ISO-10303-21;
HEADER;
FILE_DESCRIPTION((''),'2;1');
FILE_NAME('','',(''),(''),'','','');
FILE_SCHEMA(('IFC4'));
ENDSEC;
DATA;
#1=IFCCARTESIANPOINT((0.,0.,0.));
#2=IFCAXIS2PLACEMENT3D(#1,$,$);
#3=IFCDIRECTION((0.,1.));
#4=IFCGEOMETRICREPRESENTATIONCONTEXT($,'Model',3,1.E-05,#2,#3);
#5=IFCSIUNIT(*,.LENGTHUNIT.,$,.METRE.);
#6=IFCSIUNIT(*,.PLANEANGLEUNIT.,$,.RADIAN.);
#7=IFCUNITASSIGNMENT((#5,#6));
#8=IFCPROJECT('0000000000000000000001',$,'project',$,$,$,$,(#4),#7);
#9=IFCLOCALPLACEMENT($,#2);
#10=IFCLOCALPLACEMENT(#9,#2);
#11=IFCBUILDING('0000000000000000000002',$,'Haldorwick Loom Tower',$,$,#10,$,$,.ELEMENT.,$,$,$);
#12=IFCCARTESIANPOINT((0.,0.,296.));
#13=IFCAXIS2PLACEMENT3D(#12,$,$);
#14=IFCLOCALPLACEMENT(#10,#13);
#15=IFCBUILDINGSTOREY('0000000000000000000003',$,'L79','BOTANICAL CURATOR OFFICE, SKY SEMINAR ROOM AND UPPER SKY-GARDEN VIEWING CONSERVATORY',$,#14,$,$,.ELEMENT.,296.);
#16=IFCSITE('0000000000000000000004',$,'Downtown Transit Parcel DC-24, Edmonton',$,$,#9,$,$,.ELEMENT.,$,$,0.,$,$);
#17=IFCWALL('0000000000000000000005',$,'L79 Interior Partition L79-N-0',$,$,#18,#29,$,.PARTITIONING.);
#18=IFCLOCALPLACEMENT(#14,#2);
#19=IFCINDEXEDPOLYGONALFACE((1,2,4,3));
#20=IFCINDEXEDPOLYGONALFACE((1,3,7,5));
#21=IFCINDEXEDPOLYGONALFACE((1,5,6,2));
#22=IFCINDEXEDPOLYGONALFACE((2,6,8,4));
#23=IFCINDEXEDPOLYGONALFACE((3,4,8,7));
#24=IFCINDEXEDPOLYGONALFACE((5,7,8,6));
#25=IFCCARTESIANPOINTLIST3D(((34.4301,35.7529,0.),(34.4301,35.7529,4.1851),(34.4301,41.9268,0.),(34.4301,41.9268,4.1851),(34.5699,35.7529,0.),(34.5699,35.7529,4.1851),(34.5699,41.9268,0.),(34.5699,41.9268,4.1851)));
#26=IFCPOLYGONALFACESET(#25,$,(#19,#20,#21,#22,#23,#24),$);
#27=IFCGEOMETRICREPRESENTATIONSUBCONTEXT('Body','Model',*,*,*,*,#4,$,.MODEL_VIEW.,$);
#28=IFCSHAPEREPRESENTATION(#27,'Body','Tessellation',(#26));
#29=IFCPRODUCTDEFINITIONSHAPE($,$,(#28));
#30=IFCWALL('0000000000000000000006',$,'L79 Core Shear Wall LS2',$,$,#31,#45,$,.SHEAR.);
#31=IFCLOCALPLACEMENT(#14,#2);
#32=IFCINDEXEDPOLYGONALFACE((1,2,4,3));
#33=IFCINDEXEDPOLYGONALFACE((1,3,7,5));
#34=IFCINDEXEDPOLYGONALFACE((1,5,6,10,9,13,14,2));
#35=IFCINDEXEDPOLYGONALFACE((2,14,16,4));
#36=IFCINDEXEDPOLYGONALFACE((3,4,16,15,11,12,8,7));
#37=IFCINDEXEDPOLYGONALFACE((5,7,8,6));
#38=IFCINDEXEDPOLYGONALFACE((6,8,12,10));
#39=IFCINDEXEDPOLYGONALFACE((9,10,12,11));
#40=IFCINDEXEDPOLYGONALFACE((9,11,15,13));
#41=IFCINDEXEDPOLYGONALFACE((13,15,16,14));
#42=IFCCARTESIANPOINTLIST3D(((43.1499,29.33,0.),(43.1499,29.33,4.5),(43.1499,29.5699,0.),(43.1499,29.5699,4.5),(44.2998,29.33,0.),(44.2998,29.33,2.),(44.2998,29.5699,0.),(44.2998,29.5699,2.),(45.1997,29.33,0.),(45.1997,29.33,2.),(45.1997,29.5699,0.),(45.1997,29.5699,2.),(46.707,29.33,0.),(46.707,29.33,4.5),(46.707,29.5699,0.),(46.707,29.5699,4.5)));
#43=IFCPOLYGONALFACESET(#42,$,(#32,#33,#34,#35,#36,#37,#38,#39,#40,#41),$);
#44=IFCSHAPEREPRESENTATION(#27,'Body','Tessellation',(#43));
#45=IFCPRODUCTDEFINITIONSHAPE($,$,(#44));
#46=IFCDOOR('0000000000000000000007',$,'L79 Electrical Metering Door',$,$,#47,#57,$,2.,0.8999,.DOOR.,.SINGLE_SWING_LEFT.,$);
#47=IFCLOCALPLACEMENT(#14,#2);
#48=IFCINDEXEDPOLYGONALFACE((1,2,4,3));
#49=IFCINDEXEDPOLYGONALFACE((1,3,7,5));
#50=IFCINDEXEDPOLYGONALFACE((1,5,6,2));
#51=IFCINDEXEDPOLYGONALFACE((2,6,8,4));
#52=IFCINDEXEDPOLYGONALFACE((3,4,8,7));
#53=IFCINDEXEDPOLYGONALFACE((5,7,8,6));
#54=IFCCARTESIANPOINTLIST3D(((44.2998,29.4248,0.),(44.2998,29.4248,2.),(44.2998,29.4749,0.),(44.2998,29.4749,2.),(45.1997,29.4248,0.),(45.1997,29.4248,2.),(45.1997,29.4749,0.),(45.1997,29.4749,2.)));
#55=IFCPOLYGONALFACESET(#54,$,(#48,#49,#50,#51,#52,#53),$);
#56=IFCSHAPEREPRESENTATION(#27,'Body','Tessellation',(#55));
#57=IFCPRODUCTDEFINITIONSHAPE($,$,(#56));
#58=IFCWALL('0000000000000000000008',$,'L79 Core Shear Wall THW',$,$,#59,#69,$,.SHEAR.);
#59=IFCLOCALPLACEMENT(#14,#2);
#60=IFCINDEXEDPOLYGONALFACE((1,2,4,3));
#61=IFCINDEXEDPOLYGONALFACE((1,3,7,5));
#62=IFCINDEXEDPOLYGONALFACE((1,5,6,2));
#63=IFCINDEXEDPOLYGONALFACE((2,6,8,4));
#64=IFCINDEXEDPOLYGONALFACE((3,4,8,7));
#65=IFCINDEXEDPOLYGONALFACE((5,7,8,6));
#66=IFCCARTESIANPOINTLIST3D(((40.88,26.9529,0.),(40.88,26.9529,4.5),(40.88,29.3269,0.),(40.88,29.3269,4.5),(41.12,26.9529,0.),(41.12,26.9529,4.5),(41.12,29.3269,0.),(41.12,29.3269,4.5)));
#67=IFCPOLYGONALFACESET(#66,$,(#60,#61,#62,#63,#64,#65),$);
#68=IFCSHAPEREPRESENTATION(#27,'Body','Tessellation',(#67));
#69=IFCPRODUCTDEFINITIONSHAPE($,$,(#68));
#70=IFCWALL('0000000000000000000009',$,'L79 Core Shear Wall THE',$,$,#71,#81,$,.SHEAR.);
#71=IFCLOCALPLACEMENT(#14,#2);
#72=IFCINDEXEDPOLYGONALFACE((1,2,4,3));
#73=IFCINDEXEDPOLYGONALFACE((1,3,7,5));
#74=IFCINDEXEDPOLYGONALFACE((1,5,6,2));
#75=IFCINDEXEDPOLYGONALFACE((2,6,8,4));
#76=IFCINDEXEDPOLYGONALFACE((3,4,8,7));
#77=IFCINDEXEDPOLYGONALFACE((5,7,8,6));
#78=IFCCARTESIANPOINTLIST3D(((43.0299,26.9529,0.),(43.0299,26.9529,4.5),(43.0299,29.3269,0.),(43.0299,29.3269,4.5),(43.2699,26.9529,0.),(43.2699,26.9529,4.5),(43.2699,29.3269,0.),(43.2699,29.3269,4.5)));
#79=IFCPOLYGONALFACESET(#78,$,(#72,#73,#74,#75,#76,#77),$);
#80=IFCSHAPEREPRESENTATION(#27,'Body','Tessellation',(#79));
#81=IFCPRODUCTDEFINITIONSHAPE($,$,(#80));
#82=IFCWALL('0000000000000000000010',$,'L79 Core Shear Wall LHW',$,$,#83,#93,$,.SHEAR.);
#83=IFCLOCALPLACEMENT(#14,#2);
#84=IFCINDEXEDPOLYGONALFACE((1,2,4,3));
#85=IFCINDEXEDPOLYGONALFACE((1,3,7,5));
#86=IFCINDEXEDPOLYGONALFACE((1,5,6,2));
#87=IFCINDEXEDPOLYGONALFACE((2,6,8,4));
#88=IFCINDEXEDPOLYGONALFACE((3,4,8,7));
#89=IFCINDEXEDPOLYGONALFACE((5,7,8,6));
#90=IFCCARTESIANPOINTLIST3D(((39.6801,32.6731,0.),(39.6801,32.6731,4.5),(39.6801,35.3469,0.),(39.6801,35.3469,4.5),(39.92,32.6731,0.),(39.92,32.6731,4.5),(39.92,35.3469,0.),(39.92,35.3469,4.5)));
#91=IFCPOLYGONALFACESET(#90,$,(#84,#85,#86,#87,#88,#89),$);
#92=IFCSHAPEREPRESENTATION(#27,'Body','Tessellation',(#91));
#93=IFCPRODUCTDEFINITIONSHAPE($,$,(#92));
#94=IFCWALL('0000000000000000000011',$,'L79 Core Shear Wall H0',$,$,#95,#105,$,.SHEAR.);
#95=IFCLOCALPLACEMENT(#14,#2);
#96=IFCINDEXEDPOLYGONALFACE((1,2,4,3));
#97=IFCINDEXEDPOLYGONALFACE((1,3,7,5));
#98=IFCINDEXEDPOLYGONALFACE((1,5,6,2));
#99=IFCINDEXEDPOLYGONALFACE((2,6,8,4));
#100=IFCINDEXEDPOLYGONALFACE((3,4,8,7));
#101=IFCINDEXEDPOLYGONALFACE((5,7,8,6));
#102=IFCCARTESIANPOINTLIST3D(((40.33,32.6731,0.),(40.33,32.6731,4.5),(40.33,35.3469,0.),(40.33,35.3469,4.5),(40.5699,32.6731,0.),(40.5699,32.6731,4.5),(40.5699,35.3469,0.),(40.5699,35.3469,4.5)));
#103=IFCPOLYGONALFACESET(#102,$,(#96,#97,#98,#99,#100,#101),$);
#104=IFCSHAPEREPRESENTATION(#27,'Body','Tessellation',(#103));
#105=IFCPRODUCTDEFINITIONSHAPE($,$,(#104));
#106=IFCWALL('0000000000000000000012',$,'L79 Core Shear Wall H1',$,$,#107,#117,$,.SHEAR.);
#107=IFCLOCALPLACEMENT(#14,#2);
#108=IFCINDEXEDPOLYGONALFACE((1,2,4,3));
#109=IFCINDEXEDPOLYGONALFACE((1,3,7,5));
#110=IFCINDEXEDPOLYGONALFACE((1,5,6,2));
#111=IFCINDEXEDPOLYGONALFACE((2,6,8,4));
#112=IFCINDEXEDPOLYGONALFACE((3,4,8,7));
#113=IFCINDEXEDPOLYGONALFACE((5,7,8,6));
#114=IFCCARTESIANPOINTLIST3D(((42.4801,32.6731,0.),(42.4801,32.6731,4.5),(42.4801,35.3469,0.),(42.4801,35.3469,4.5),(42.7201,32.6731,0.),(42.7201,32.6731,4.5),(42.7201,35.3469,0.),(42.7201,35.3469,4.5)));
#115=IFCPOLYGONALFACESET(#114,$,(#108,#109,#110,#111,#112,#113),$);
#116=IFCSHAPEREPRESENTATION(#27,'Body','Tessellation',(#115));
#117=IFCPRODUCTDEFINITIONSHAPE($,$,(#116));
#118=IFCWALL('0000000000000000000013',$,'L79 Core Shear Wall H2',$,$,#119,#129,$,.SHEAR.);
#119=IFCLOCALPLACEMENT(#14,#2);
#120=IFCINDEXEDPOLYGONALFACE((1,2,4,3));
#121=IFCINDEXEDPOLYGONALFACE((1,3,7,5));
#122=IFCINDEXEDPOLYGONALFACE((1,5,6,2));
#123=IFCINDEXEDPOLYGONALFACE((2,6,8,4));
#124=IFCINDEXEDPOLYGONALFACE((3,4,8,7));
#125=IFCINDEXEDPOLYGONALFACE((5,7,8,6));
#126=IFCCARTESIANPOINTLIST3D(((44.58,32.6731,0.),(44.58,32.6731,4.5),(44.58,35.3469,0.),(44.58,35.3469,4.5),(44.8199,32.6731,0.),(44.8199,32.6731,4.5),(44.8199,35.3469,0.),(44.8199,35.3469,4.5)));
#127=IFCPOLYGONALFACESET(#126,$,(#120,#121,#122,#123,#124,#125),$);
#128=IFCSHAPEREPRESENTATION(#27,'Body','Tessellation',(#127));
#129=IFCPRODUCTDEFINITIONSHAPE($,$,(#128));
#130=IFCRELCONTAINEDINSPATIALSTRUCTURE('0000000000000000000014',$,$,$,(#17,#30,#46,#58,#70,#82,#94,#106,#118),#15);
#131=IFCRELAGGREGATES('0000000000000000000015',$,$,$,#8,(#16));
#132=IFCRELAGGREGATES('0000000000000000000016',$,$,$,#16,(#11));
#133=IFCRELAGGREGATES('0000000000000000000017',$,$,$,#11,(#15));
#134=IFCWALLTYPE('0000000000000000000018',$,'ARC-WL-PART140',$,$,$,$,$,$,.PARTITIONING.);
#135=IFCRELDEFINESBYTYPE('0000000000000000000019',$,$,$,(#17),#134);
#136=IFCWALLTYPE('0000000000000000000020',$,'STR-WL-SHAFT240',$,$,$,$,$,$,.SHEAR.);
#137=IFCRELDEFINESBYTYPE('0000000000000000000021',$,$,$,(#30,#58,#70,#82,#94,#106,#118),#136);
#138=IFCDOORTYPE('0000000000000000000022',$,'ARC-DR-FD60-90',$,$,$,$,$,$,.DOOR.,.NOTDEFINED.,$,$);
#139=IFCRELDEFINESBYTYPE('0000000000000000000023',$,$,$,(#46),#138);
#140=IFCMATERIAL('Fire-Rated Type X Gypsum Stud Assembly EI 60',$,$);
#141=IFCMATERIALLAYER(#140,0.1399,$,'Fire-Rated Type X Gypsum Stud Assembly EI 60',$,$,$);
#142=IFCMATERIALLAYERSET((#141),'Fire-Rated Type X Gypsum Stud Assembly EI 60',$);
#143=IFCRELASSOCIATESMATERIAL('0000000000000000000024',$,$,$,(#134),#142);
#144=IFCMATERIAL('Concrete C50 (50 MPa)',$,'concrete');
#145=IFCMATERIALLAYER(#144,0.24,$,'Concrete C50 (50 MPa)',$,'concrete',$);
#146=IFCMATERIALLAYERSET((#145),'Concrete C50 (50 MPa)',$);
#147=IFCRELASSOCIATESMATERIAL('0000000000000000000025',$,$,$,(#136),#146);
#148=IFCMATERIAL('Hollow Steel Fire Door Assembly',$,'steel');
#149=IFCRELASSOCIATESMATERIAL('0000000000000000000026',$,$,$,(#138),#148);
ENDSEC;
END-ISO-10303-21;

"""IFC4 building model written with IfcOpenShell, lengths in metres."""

from ifc_helpers import new_model, si_unit, direction, frame, frame_2d, origin, place, context, subcontext, project, spatial, rectangle, extrude, material, layer, layer_set, type_object, element, fill, save


model = new_model("IFC4")

# Units and contexts
model_context = context("Model", 3, precision=1e-05, world=origin(), true_north=direction((0.0, 1.0)))
body_context = subcontext(model_context, "Body", "Model", "MODEL_VIEW")
ifc_project = project(units=[si_unit("LENGTHUNIT", "METRE"), si_unit("PLANEANGLEUNIT", "RADIAN")], contexts=[model_context])

# Site, building, storey
site_placement = place(None, origin())
site = spatial("IfcSite", under=ifc_project, at=site_placement, Name="Downtown Transit Parcel DC-24, Edmonton", CompositionType="ELEMENT", RefElevation=0.0)
building_placement = place(site_placement, origin())
building = spatial("IfcBuilding", under=site, at=building_placement, Name="Haldorwick Loom Tower", CompositionType="ELEMENT")
storey_placement = place(building_placement, frame((0.0, 0.0, 296.0)))
storey = spatial("IfcBuildingStorey", under=building, at=storey_placement, Name="L79", Description="BOTANICAL CURATOR OFFICE, SKY SEMINAR ROOM AND UPPER SKY-GARDEN VIEWING CONSERVATORY", CompositionType="ELEMENT", Elevation=296.0)

# Shared definitions
ifc_material_1 = material(Name="Concrete C50 (50 MPa)", Category="concrete")

# Wall
ifc_material_2 = material(Name="Fire-Rated Type X Gypsum Stud Assembly EI 60")
ifc_layer_1 = layer(ifc_material_2, 0.1399, Name="Fire-Rated Type X Gypsum Stud Assembly EI 60")
ifc_layer_set_1 = layer_set([ifc_layer_1], Name="Fire-Rated Type X Gypsum Stud Assembly EI 60")
wall_type_1 = type_object("IfcWallType", Name="ARC-WL-PART140", PredefinedType="PARTITIONING", material=ifc_layer_set_1)
wall_1_placement = place(storey_placement, frame((34.5, 35.7529, 0.0), z_axis=(0.0, 0.0, 1.0), x_axis=(0.0, 1.0, 0.0)))
element("IfcWall", 1, at=wall_1_placement, inside=storey, type_object=wall_type_1, Name="L79 Interior Partition L79-N-0", PredefinedType="PARTITIONING", context=body_context, shape_type="SweptSolid", body=[
    extrude(rectangle(XDim=6.1738, YDim=0.1399, at=frame_2d((3.0869, 0.0))), origin(), (0.0, 0.0, 1.0), 4.1851),
])

# Wall, opening, door
ifc_layer_2 = layer(ifc_material_1, 0.24, Name="Concrete C50 (50 MPa)", Category="concrete")
ifc_layer_set_2 = layer_set([ifc_layer_2], Name="Concrete C50 (50 MPa)")
wall_type_2 = type_object("IfcWallType", Name="STR-WL-SHAFT240", PredefinedType="SHEAR", material=ifc_layer_set_2)
wall_2_placement = place(storey_placement, frame((43.1499, 29.45, 0.0), z_axis=(0.0, 0.0, 1.0), x_axis=(1.0, 0.0, 0.0)))
wall_2 = element("IfcWall", 2, at=wall_2_placement, inside=storey, type_object=wall_type_2, Name="L79 Core Shear Wall LS2", PredefinedType="SHEAR", context=body_context, shape_type="SweptSolid", body=[
    extrude(rectangle(XDim=3.5571, YDim=0.24, at=frame_2d((1.7786, 0.0))), origin(), (0.0, 0.0, 1.0), 4.5),
])
opening_placement = place(wall_2_placement, frame((1.1499, 0.0, 0.0)))
opening = element("IfcOpeningElement", 3, at=opening_placement, cuts=wall_2, PredefinedType="OPENING", context=body_context, shape_type="SweptSolid", body=[
    extrude(rectangle(XDim=0.8999, YDim=2.0, at=frame_2d((0.45, 1.0))), frame((0.0, 0.1299, 0.0), z_axis=(0.0, -1.0, 0.0), x_axis=(1.0, 0.0, 0.0)), (0.0, 0.0, 1.0), 0.26),
])
ifc_material_3 = material(Name="Hollow Steel Fire Door Assembly", Category="steel")
door_type = type_object("IfcDoorType", Name="ARC-DR-FD60-90", OperationType="NOTDEFINED", PredefinedType="DOOR", material=ifc_material_3)
door_placement = place(opening_placement, origin())
door = element("IfcDoor", 4, at=door_placement, inside=storey, type_object=door_type, Name="L79 Electrical Metering Door", OperationType="SINGLE_SWING_LEFT", OverallHeight=2.0, OverallWidth=0.8999, PredefinedType="DOOR", context=body_context, shape_type="SweptSolid", body=[
    extrude(rectangle(XDim=0.8999, YDim=2.0, at=frame_2d((0.45, 1.0))), frame((0.0, 0.0249, 0.0), z_axis=(0.0, -1.0, 0.0), x_axis=(1.0, 0.0, 0.0)), (0.0, 0.0, 1.0), 0.05),
])
fill(opening, door)

# Walls
for number, where, z_axis, x_axis, name in (
    (5, (41.0, 26.9529, 0.0), (0.0, 0.0, 1.0), (0.0, 1.0, 0.0), "L79 Core Shear Wall THW"),
    (6, (43.1499, 26.9529, 0.0), (0.0, 0.0, 1.0), (0.0, 1.0, 0.0), "L79 Core Shear Wall THE"),
):
    element("IfcWall", number, at=place(storey_placement, frame(where, z_axis=z_axis, x_axis=x_axis)), inside=storey, type_object=wall_type_2, Name=name, PredefinedType="SHEAR", context=body_context, shape_type="SweptSolid", body=[
        extrude(rectangle(XDim=2.374, YDim=0.24, at=frame_2d((1.187, 0.0))), origin(), (0.0, 0.0, 1.0), 4.5),
    ])
for number, where, z_axis, x_axis, name in (
    (7, (39.8, 32.6731, 0.0), (0.0, 0.0, 1.0), (0.0, 1.0, 0.0), "L79 Core Shear Wall LHW"),
    (8, (40.45, 32.6731, 0.0), (0.0, 0.0, 1.0), (0.0, 1.0, 0.0), "L79 Core Shear Wall H0"),
    (9, (42.6001, 32.6731, 0.0), (0.0, 0.0, 1.0), (0.0, 1.0, 0.0), "L79 Core Shear Wall H1"),
    (10, (44.7, 32.6731, 0.0), (0.0, 0.0, 1.0), (0.0, 1.0, 0.0), "L79 Core Shear Wall H2"),
):
    element("IfcWall", number, at=place(storey_placement, frame(where, z_axis=z_axis, x_axis=x_axis)), inside=storey, type_object=wall_type_2, Name=name, PredefinedType="SHEAR", context=body_context, shape_type="SweptSolid", body=[
        extrude(rectangle(XDim=2.6738, YDim=0.24, at=frame_2d((1.3369, 0.0))), origin(), (0.0, 0.0, 1.0), 4.5),
    ])

save(model, "model.ifc")
